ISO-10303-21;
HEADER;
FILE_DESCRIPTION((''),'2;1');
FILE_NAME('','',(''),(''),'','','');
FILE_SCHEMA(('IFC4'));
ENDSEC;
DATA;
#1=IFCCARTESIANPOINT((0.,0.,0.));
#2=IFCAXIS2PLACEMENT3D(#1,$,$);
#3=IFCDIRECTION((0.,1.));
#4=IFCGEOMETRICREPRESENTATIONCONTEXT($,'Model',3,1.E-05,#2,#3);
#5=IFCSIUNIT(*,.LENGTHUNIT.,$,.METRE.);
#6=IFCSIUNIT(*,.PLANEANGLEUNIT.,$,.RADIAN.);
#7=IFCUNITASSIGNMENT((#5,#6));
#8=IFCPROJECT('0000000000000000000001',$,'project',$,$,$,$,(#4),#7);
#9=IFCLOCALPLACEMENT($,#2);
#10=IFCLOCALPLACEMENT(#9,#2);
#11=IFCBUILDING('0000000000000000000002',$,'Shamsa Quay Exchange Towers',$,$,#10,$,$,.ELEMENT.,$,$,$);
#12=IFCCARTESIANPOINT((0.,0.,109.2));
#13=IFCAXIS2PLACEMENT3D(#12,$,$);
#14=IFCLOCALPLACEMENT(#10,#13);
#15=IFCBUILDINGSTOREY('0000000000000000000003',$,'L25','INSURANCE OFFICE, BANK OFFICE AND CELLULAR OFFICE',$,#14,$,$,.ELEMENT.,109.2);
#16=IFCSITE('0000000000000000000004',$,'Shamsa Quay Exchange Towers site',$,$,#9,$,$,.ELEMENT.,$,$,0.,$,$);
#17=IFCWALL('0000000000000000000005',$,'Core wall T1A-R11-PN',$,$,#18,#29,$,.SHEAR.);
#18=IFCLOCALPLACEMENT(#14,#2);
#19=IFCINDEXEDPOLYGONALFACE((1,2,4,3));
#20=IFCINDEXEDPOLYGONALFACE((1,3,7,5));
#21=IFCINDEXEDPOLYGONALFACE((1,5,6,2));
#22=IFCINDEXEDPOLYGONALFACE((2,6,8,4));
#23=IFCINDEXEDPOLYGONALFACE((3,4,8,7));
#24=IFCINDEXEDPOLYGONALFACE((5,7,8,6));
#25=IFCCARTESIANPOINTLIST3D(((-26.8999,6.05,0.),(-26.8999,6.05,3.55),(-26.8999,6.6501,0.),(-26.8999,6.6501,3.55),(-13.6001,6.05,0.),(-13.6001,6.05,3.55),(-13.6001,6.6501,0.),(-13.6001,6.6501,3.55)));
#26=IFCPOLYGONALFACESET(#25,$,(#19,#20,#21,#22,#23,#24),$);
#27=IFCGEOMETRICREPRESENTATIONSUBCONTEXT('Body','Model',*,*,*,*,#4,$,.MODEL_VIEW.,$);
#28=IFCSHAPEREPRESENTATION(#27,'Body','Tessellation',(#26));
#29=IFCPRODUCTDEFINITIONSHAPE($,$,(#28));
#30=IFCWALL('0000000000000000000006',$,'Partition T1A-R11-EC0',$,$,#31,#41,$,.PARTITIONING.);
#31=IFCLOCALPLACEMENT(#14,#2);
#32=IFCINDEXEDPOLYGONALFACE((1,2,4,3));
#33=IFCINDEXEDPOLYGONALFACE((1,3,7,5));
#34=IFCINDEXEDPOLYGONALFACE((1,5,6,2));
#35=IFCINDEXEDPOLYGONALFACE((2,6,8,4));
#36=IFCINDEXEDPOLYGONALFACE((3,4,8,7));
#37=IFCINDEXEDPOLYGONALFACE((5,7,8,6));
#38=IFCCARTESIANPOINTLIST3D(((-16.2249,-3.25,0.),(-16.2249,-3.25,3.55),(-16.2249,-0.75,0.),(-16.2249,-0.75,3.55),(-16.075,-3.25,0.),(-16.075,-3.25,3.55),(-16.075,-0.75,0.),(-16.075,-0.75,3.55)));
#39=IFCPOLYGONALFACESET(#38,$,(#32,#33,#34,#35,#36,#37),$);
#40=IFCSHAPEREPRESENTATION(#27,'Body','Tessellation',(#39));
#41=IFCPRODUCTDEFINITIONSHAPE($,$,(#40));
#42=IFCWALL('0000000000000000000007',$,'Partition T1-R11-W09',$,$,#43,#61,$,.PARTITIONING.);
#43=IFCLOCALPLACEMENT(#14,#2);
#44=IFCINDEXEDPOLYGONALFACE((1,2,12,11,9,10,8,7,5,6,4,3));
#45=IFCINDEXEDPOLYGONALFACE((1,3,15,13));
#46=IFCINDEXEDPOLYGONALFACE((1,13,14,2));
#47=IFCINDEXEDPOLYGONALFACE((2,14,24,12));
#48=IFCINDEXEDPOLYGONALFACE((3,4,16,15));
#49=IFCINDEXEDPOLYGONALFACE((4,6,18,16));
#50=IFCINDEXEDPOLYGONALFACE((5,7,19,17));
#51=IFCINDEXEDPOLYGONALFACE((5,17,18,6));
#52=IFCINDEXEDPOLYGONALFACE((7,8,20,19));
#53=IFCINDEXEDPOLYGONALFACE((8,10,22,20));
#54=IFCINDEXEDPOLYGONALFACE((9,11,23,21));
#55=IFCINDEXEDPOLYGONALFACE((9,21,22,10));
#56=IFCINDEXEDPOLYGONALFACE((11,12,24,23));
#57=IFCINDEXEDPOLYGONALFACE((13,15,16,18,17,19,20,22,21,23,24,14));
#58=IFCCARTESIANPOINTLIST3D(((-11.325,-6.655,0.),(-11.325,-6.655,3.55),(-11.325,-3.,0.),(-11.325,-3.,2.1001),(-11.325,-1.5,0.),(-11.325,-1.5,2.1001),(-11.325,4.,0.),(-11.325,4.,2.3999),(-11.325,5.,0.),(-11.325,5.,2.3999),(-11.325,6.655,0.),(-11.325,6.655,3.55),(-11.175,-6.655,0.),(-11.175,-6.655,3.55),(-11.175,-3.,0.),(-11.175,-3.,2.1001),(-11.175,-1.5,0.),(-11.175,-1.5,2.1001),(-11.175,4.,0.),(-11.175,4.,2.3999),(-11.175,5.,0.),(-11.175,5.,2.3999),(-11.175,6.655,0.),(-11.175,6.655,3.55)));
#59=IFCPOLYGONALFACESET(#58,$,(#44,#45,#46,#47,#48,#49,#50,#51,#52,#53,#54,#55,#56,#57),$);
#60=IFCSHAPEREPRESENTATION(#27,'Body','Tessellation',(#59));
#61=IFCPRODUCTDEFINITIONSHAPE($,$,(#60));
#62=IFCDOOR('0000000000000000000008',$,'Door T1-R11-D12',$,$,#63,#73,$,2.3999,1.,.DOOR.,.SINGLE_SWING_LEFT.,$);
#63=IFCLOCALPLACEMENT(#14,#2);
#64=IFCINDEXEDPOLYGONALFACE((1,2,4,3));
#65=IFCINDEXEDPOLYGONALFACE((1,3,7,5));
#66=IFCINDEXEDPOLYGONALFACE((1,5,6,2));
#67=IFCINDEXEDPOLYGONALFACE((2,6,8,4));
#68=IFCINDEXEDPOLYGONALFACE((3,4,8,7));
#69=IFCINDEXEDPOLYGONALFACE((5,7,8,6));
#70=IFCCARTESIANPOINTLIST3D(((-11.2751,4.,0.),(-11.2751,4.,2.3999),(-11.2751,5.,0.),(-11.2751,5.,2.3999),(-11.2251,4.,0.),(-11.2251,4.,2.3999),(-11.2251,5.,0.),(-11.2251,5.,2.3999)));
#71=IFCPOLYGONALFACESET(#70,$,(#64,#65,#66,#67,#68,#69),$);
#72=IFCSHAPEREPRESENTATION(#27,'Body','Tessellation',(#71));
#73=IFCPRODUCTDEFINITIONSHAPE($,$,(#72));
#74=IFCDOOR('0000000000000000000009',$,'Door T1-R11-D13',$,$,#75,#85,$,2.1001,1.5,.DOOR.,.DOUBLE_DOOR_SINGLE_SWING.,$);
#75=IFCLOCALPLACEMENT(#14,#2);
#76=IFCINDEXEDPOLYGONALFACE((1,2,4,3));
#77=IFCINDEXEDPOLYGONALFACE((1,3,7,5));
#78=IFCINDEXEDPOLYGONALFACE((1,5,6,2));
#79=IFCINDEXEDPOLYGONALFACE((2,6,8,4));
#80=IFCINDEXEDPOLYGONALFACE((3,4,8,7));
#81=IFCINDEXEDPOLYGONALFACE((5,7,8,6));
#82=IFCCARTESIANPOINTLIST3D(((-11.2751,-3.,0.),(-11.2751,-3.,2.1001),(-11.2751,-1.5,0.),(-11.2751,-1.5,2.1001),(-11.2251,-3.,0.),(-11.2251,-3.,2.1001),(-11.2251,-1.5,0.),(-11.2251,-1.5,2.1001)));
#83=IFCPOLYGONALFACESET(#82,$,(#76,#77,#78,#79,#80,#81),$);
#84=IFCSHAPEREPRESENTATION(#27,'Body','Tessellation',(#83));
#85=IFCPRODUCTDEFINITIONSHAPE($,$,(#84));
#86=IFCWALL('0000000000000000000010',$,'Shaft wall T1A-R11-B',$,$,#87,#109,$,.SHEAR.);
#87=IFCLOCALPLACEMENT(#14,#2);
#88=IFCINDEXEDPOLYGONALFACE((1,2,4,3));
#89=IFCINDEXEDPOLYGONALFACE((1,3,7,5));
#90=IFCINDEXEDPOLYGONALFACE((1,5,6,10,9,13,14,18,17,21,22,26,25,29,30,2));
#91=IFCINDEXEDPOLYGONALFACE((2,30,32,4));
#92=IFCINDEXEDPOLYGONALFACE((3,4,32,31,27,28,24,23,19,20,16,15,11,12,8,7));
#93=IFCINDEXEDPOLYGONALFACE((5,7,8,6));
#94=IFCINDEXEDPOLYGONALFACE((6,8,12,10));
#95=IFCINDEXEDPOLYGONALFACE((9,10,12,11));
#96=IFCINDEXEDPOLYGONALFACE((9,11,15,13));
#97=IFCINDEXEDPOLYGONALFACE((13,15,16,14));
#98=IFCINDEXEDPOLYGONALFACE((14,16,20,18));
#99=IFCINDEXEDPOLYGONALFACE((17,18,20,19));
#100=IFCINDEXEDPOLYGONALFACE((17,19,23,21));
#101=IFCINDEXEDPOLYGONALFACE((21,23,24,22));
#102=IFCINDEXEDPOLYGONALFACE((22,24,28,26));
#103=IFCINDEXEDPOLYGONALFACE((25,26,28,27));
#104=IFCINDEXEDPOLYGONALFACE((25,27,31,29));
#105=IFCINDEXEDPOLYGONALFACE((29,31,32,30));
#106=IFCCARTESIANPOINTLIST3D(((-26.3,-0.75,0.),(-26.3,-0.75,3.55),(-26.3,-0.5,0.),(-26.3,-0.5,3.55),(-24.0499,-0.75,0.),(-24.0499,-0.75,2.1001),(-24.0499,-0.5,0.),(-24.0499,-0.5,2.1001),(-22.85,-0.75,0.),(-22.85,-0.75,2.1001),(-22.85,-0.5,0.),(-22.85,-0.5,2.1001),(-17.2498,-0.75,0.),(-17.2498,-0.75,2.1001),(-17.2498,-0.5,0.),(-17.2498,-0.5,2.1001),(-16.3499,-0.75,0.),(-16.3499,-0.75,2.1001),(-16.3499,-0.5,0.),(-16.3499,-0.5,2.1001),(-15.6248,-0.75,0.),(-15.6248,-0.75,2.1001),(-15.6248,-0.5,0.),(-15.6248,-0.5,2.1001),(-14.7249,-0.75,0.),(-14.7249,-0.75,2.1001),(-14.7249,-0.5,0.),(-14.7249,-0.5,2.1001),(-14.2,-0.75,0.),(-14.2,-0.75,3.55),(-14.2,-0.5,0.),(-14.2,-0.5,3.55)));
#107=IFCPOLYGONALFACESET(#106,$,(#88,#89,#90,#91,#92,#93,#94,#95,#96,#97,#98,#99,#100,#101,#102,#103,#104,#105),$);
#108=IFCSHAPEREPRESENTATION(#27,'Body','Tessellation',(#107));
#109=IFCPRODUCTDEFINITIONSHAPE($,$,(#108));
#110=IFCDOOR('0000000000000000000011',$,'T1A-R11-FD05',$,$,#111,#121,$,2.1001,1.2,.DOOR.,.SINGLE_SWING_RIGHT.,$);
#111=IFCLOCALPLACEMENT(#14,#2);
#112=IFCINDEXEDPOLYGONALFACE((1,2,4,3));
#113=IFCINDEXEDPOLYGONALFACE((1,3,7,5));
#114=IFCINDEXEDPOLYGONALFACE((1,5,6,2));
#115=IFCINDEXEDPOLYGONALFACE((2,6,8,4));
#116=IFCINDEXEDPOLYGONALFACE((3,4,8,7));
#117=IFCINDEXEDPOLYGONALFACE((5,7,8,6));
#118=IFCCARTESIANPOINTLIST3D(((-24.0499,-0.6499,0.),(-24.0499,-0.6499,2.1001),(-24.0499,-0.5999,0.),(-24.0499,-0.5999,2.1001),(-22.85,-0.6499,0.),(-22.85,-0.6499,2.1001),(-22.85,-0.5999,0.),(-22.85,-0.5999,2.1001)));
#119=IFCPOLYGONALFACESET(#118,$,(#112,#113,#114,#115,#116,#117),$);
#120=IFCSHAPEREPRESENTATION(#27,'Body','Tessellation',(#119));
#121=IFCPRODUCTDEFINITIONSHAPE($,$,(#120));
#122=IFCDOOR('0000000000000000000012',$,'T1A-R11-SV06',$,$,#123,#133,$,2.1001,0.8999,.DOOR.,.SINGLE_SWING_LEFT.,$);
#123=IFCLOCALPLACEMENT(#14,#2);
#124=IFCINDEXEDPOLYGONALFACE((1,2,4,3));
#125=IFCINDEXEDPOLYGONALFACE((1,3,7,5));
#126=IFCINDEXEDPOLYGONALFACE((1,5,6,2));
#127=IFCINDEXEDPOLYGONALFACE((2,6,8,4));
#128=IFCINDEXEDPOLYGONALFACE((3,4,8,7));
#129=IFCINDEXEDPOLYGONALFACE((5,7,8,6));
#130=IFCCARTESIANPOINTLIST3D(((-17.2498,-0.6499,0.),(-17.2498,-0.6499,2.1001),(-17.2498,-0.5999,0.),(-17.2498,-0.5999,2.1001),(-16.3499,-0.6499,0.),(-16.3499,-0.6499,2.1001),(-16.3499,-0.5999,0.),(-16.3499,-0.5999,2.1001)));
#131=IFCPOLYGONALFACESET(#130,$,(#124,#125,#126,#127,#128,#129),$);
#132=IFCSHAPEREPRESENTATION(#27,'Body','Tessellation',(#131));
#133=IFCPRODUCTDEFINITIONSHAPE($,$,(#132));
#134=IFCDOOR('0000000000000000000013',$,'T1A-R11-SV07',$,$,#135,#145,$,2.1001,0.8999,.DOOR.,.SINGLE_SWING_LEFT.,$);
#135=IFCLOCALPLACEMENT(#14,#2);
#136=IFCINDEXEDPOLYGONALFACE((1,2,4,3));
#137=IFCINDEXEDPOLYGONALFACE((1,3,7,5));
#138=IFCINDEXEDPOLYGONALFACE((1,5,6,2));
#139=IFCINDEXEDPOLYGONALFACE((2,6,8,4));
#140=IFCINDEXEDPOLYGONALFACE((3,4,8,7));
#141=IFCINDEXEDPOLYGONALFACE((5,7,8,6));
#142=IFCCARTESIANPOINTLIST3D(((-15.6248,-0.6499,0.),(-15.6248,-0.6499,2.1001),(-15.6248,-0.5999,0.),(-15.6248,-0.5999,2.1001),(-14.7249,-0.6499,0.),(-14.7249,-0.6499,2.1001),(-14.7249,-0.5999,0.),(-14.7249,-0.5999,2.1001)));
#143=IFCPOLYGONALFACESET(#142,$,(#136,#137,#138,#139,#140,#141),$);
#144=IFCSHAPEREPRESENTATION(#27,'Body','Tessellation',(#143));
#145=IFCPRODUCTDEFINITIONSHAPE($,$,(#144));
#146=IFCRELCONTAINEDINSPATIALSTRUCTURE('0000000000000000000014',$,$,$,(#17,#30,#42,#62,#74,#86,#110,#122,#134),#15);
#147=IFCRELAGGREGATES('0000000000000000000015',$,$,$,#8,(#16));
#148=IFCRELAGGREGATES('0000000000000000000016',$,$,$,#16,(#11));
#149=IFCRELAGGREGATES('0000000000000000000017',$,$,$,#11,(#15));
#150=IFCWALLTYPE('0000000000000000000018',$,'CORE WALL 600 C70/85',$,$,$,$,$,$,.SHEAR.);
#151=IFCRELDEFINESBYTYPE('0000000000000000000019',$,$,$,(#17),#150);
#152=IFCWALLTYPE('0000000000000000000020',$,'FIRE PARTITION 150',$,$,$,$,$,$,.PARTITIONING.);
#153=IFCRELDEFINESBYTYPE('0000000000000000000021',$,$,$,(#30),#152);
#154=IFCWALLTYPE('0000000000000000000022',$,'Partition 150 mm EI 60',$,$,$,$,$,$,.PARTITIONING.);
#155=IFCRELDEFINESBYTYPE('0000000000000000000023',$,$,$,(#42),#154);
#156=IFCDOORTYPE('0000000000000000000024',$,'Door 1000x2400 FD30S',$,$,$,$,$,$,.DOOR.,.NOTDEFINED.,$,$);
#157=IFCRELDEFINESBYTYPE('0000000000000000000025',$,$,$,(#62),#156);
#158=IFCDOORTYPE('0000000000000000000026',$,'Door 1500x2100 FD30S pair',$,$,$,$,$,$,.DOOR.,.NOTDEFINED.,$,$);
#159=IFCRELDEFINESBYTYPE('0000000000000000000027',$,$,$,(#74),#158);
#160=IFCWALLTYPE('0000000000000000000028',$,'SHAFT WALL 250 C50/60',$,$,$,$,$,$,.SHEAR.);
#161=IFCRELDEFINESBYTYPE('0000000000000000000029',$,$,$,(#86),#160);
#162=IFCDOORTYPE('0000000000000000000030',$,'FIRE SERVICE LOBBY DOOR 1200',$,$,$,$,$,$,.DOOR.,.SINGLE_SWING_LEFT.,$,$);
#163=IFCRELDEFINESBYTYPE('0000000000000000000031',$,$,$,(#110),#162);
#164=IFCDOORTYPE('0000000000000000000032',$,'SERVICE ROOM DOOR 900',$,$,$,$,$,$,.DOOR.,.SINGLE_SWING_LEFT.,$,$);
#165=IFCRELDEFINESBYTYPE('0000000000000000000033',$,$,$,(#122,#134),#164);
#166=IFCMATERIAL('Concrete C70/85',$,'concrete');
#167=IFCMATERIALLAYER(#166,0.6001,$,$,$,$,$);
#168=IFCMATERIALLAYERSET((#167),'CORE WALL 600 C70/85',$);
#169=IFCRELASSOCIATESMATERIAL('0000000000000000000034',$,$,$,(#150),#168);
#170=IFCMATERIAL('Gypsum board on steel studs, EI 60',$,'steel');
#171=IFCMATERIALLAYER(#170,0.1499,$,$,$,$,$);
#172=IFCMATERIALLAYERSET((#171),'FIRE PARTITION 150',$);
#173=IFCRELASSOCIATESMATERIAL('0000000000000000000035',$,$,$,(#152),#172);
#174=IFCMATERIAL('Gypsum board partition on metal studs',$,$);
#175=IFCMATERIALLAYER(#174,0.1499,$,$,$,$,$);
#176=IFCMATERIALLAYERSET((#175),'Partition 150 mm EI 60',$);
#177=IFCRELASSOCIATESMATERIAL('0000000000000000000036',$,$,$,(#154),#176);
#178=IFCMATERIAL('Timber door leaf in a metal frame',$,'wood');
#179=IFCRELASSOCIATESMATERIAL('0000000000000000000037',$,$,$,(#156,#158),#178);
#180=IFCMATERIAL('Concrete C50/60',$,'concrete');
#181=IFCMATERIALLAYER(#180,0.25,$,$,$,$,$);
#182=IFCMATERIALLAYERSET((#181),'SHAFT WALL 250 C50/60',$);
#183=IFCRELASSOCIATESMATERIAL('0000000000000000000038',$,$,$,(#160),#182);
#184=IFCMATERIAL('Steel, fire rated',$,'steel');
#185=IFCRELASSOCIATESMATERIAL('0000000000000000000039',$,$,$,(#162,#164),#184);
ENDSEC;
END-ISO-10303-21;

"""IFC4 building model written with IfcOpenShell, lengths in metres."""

from ifc_helpers import new_model, si_unit, direction, frame, frame_2d, origin, place, context, subcontext, project, spatial, rectangle, extrude, material, layer, layer_set, type_object, element, fill, save


model = new_model("IFC4")

# Units and contexts
model_context = context("Model", 3, precision=1e-05, world=origin(), true_north=direction((0.0, 1.0)))
body_context = subcontext(model_context, "Body", "Model", "MODEL_VIEW")
ifc_project = project(units=[si_unit("LENGTHUNIT", "METRE"), si_unit("PLANEANGLEUNIT", "RADIAN")], contexts=[model_context])

# Site, building, storey
site_placement = place(None, origin())
site = spatial("IfcSite", under=ifc_project, at=site_placement, Name="Shamsa Quay Exchange Towers site", CompositionType="ELEMENT", RefElevation=0.0)
building_placement = place(site_placement, origin())
building = spatial("IfcBuilding", under=site, at=building_placement, Name="Shamsa Quay Exchange Towers", CompositionType="ELEMENT")
storey_placement = place(building_placement, frame((0.0, 0.0, 109.2)))
storey = spatial("IfcBuildingStorey", under=building, at=storey_placement, Name="L25", Description="INSURANCE OFFICE, BANK OFFICE AND CELLULAR OFFICE", CompositionType="ELEMENT", Elevation=109.2)

# Wall
ifc_material_1 = material(Name="Concrete C70/85", Category="concrete")
ifc_layer_1 = layer(ifc_material_1, 0.6001)
ifc_layer_set_1 = layer_set([ifc_layer_1], Name="CORE WALL 600 C70/85")
wall_type_1 = type_object("IfcWallType", Name="CORE WALL 600 C70/85", PredefinedType="SHEAR", material=ifc_layer_set_1)
wall_1_placement = place(storey_placement, frame((-26.8999, 6.3501, 0.0)))
element("IfcWall", 1, at=wall_1_placement, inside=storey, type_object=wall_type_1, Name="Core wall T1A-R11-PN", PredefinedType="SHEAR", context=body_context, shape_type="SweptSolid", body=[
    extrude(rectangle(XDim=13.2998, YDim=0.6001, at=frame_2d((6.6499, 0.0))), origin(), (0.0, 0.0, 1.0), 3.55),
])

# Shared definitions
ifc_material_2 = material(Name="Steel, fire rated", Category="steel")

# Wall
ifc_material_3 = material(Name="Gypsum board on steel studs, EI 60", Category="steel")
ifc_layer_2 = layer(ifc_material_3, 0.1499)
ifc_layer_set_2 = layer_set([ifc_layer_2], Name="FIRE PARTITION 150")
wall_type_2 = type_object("IfcWallType", Name="FIRE PARTITION 150", PredefinedType="PARTITIONING", material=ifc_layer_set_2)
wall_2_placement = place(storey_placement, frame((-16.1499, -3.25, 0.0), z_axis=(0.0, 0.0, 1.0), x_axis=(0.0, 1.0, 0.0)))
element("IfcWall", 2, at=wall_2_placement, inside=storey, type_object=wall_type_2, Name="Partition T1A-R11-EC0", PredefinedType="PARTITIONING", context=body_context, shape_type="SweptSolid", body=[
    extrude(rectangle(XDim=2.5, YDim=0.1499, at=frame_2d((1.25, 0.0))), origin(), (0.0, 0.0, 1.0), 3.55),
])

# Walls, openings, doors
ifc_material_4 = material(Name="Gypsum board partition on metal studs")
ifc_layer_3 = layer(ifc_material_4, 0.1499)
ifc_layer_set_3 = layer_set([ifc_layer_3], Name="Partition 150 mm EI 60")
wall_type_3 = type_object("IfcWallType", Name="Partition 150 mm EI 60", PredefinedType="PARTITIONING", material=ifc_layer_set_3)
wall_3_placement = place(storey_placement, frame((-11.25, 6.655, 0.0), z_axis=(0.0, 0.0, 1.0), x_axis=(0.0, -1.0, 0.0)))
wall_3 = element("IfcWall", 3, at=wall_3_placement, inside=storey, type_object=wall_type_3, Name="Partition T1-R11-W09", PredefinedType="PARTITIONING", context=body_context, shape_type="SweptSolid", body=[
    extrude(rectangle(XDim=13.3101, YDim=0.1499, at=frame_2d((6.655, 0.0))), origin(), (0.0, 0.0, 1.0), 3.55),
])
opening_1_placement = place(wall_3_placement, frame((1.655, 0.0, 0.0)))
opening_1 = element("IfcOpeningElement", 4, at=opening_1_placement, cuts=wall_3, PredefinedType="OPENING", context=body_context, shape_type="SweptSolid", body=[
    extrude(rectangle(XDim=1.0, YDim=2.3999, at=frame_2d((0.5, 1.2))), frame((0.0, 0.085, 0.0), z_axis=(0.0, -1.0, 0.0), x_axis=(1.0, 0.0, 0.0)), (0.0, 0.0, 1.0), 0.1699),
])
opening_2_placement = place(wall_3_placement, frame((8.155, 0.0, 0.0)))
opening_2 = element("IfcOpeningElement", 5, at=opening_2_placement, cuts=wall_3, PredefinedType="OPENING", context=body_context, shape_type="SweptSolid", body=[
    extrude(rectangle(XDim=1.5, YDim=2.1001, at=frame_2d((0.75, 1.05))), frame((0.0, 0.085, 0.0), z_axis=(0.0, -1.0, 0.0), x_axis=(1.0, 0.0, 0.0)), (0.0, 0.0, 1.0), 0.1699),
])
ifc_material_5 = material(Name="Timber door leaf in a metal frame", Category="wood")
door_type_1 = type_object("IfcDoorType", Name="Door 1000x2400 FD30S", OperationType="NOTDEFINED", PredefinedType="DOOR", material=ifc_material_5)
door_1_placement = place(opening_1_placement, origin())
door_1 = element("IfcDoor", 6, at=door_1_placement, inside=storey, type_object=door_type_1, Name="Door T1-R11-D12", OperationType="SINGLE_SWING_LEFT", OverallHeight=2.3999, OverallWidth=1.0, PredefinedType="DOOR", context=body_context, shape_type="SweptSolid", body=[
    extrude(rectangle(XDim=1.0, YDim=2.3999, at=frame_2d((0.5, 1.2))), frame((0.0, 0.0249, 0.0), z_axis=(0.0, -1.0, 0.0), x_axis=(1.0, 0.0, 0.0)), (0.0, 0.0, 1.0), 0.05),
])
fill(opening_1, door_1)
door_type_2 = type_object("IfcDoorType", Name="Door 1500x2100 FD30S pair", OperationType="NOTDEFINED", PredefinedType="DOOR", material=ifc_material_5)
door_2_placement = place(opening_2_placement, origin())
door_2 = element("IfcDoor", 7, at=door_2_placement, inside=storey, type_object=door_type_2, Name="Door T1-R11-D13", OperationType="DOUBLE_DOOR_SINGLE_SWING", OverallHeight=2.1001, OverallWidth=1.5, PredefinedType="DOOR", context=body_context, shape_type="SweptSolid", body=[
    extrude(rectangle(XDim=1.5, YDim=2.1001, at=frame_2d((0.75, 1.05))), frame((0.0, 0.0249, 0.0), z_axis=(0.0, -1.0, 0.0), x_axis=(1.0, 0.0, 0.0)), (0.0, 0.0, 1.0), 0.05),
])
fill(opening_2, door_2)
ifc_material_6 = material(Name="Concrete C50/60", Category="concrete")
ifc_layer_4 = layer(ifc_material_6, 0.25)
ifc_layer_set_4 = layer_set([ifc_layer_4], Name="SHAFT WALL 250 C50/60")
wall_type_4 = type_object("IfcWallType", Name="SHAFT WALL 250 C50/60", PredefinedType="SHEAR", material=ifc_layer_set_4)
wall_4_placement = place(storey_placement, frame((-14.2, -0.625, 0.0), z_axis=(0.0, 0.0, 1.0), x_axis=(-1.0, 0.0, 0.0)))
wall_4 = element("IfcWall", 8, at=wall_4_placement, inside=storey, type_object=wall_type_4, Name="Shaft wall T1A-R11-B", PredefinedType="SHEAR", context=body_context, shape_type="SweptSolid", body=[
    extrude(rectangle(XDim=12.1001, YDim=0.25, at=frame_2d((6.05, 0.0))), origin(), (0.0, 0.0, 1.0), 3.55),
])
opening_3_placement = place(wall_4_placement, frame((8.6499, 0.0, 0.0)))
opening_3 = element("IfcOpeningElement", 9, at=opening_3_placement, cuts=wall_4, PredefinedType="OPENING", context=body_context, shape_type="SweptSolid", body=[
    extrude(rectangle(XDim=1.2, YDim=2.1001, at=frame_2d((0.6001, 1.05))), frame((0.0, 0.135, 0.0), z_axis=(0.0, -1.0, 0.0), x_axis=(1.0, 0.0, 0.0)), (0.0, 0.0, 1.0), 0.27),
])
opening_4_placement = place(wall_4_placement, frame((2.1499, 0.0, 0.0)))
opening_4 = element("IfcOpeningElement", 10, at=opening_4_placement, cuts=wall_4, PredefinedType="OPENING", context=body_context, shape_type="SweptSolid", body=[
    extrude(rectangle(XDim=0.8999, YDim=2.1001, at=frame_2d((0.45, 1.05))), frame((0.0, 0.135, 0.0), z_axis=(0.0, -1.0, 0.0), x_axis=(1.0, 0.0, 0.0)), (0.0, 0.0, 1.0), 0.27),
])
opening_5_placement = place(wall_4_placement, frame((0.5249, 0.0, 0.0)))
opening_5 = element("IfcOpeningElement", 11, at=opening_5_placement, cuts=wall_4, PredefinedType="OPENING", context=body_context, shape_type="SweptSolid", body=[
    extrude(rectangle(XDim=0.8999, YDim=2.1001, at=frame_2d((0.45, 1.05))), frame((0.0, 0.135, 0.0), z_axis=(0.0, -1.0, 0.0), x_axis=(1.0, 0.0, 0.0)), (0.0, 0.0, 1.0), 0.27),
])
door_type_3 = type_object("IfcDoorType", Name="FIRE SERVICE LOBBY DOOR 1200", OperationType="SINGLE_SWING_LEFT", PredefinedType="DOOR", material=ifc_material_2)
door_3_placement = place(opening_3_placement, origin())
door_3 = element("IfcDoor", 12, at=door_3_placement, inside=storey, type_object=door_type_3, Name="T1A-R11-FD05", OperationType="SINGLE_SWING_RIGHT", OverallHeight=2.1001, OverallWidth=1.2, PredefinedType="DOOR", context=body_context, shape_type="SweptSolid", body=[
    extrude(rectangle(XDim=1.2, YDim=2.1001, at=frame_2d((0.6001, 1.05))), frame((0.0, 0.0249, 0.0), z_axis=(0.0, -1.0, 0.0), x_axis=(1.0, 0.0, 0.0)), (0.0, 0.0, 1.0), 0.05),
])
fill(opening_3, door_3)
door_type_4 = type_object("IfcDoorType", Name="SERVICE ROOM DOOR 900", OperationType="SINGLE_SWING_LEFT", PredefinedType="DOOR", material=ifc_material_2)
door_4_placement = place(opening_4_placement, origin())
door_4 = element("IfcDoor", 13, at=door_4_placement, inside=storey, type_object=door_type_4, Name="T1A-R11-SV06", OperationType="SINGLE_SWING_LEFT", OverallHeight=2.1001, OverallWidth=0.8999, PredefinedType="DOOR", context=body_context, shape_type="SweptSolid", body=[
    extrude(rectangle(XDim=0.8999, YDim=2.1001, at=frame_2d((0.45, 1.05))), frame((0.0, 0.0249, 0.0), z_axis=(0.0, -1.0, 0.0), x_axis=(1.0, 0.0, 0.0)), (0.0, 0.0, 1.0), 0.05),
])
fill(opening_4, door_4)
door_5_placement = place(opening_5_placement, origin())
door_5 = element("IfcDoor", 14, at=door_5_placement, inside=storey, type_object=door_type_4, Name="T1A-R11-SV07", OperationType="SINGLE_SWING_LEFT", OverallHeight=2.1001, OverallWidth=0.8999, PredefinedType="DOOR", context=body_context, shape_type="SweptSolid", body=[
    extrude(rectangle(XDim=0.8999, YDim=2.1001, at=frame_2d((0.45, 1.05))), frame((0.0, 0.0249, 0.0), z_axis=(0.0, -1.0, 0.0), x_axis=(1.0, 0.0, 0.0)), (0.0, 0.0, 1.0), 0.05),
])
fill(opening_5, door_5)

save(model, "model.ifc")
